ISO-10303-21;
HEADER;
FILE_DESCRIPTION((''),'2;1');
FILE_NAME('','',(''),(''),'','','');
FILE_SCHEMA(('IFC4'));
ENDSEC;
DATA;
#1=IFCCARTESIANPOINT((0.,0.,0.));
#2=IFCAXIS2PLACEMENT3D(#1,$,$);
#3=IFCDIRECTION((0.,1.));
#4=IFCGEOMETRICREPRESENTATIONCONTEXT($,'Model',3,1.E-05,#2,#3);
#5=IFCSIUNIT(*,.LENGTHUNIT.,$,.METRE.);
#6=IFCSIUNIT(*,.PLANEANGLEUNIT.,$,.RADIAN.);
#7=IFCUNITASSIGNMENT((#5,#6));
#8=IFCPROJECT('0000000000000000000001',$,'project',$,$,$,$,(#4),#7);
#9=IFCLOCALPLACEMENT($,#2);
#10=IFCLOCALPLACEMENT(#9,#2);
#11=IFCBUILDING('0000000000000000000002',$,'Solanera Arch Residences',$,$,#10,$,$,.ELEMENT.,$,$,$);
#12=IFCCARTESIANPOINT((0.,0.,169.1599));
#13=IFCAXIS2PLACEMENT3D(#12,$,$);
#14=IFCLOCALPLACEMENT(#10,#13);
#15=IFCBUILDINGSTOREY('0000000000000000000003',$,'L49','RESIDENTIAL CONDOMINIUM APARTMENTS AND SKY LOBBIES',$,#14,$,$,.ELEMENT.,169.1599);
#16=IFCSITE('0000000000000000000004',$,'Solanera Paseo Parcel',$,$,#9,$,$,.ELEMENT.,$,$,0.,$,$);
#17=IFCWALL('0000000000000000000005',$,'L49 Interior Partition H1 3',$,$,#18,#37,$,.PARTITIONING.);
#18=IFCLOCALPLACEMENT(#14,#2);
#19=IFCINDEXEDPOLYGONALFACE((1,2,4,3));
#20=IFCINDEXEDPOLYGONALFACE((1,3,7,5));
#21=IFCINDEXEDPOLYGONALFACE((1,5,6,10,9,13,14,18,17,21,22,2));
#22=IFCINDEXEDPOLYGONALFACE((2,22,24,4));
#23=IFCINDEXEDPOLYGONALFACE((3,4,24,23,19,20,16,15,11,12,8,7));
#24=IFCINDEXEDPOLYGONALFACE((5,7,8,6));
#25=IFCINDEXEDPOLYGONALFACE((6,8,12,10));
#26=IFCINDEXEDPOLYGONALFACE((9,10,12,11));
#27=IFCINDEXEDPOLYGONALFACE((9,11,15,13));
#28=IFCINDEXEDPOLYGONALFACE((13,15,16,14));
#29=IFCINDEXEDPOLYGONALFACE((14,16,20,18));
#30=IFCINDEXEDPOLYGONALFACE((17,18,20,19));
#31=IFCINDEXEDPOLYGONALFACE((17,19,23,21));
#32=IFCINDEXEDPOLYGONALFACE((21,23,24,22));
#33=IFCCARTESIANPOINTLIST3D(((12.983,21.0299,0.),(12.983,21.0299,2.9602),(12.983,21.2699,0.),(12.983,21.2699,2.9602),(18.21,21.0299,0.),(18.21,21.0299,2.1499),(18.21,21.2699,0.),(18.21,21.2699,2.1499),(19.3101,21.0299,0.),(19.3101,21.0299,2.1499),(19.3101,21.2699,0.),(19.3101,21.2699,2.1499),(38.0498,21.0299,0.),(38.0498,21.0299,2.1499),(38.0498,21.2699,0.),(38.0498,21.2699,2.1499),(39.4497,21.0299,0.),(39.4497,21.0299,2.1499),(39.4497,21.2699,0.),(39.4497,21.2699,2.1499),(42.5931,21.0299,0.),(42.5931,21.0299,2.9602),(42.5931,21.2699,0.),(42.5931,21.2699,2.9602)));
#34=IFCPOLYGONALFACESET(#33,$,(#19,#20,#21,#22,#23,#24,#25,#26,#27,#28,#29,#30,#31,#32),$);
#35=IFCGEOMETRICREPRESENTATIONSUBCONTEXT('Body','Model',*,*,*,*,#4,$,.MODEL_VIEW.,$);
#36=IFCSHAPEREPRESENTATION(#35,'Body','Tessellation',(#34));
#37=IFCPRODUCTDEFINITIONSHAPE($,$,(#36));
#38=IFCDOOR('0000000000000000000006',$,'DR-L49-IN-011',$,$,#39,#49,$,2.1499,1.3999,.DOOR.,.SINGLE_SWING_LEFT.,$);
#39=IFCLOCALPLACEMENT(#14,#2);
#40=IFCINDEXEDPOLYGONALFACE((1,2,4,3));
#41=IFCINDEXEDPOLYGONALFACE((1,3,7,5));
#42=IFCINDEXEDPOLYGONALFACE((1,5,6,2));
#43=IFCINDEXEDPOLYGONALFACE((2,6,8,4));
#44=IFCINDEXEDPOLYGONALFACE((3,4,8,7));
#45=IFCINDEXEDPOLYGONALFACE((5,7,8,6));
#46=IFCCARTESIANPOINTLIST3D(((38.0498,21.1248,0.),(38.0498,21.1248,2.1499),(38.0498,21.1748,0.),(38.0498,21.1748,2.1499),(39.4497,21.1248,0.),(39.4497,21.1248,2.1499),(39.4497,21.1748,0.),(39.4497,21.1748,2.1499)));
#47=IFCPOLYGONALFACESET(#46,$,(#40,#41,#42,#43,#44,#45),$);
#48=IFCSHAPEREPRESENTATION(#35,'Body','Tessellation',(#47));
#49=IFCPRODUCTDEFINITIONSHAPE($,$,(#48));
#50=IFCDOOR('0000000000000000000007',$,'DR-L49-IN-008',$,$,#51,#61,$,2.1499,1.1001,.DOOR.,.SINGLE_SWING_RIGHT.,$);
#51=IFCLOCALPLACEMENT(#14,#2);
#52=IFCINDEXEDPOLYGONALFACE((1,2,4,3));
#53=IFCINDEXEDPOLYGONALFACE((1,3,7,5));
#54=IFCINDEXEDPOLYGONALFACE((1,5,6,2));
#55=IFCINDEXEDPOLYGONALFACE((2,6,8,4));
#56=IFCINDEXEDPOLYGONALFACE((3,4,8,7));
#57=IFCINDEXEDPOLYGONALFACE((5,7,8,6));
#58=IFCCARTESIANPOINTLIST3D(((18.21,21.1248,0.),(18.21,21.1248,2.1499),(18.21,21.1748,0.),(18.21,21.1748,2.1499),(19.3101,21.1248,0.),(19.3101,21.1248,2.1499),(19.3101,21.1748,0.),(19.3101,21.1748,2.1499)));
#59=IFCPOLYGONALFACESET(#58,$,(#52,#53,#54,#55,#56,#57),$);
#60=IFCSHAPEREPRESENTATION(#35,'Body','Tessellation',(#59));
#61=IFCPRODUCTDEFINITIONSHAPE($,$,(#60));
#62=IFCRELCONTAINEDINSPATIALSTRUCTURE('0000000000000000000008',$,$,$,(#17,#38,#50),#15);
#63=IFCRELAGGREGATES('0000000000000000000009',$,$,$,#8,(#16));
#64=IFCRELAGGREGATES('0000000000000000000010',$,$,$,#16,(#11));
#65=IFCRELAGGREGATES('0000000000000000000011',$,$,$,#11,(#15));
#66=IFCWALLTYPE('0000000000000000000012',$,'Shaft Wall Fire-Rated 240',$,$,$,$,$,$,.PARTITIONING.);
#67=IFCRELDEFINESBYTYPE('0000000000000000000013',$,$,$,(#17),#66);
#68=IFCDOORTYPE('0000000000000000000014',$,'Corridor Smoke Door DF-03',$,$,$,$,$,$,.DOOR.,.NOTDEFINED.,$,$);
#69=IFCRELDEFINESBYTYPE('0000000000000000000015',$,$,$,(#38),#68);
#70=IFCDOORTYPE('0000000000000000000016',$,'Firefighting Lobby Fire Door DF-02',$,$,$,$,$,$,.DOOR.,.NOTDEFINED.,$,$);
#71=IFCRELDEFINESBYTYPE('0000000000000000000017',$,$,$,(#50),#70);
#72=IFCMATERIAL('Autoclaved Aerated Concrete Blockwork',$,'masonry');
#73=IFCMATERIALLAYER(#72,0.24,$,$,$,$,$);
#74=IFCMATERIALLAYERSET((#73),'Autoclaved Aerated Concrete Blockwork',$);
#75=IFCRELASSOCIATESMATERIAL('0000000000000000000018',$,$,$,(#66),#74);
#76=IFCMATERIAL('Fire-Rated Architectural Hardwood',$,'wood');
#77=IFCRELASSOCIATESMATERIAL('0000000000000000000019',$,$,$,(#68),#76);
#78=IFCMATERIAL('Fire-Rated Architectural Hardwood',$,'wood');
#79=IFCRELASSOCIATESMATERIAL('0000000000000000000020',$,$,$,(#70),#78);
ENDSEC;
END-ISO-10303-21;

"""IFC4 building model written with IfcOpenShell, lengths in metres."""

from ifc_helpers import new_model, si_unit, direction, frame, frame_2d, origin, place, context, subcontext, project, spatial, rectangle, extrude, material, layer, layer_set, type_object, element, fill, save


model = new_model("IFC4")

# Units and contexts
model_context = context("Model", 3, precision=1e-05, world=origin(), true_north=direction((0.0, 1.0)))
body_context = subcontext(model_context, "Body", "Model", "MODEL_VIEW")
ifc_project = project(units=[si_unit("LENGTHUNIT", "METRE"), si_unit("PLANEANGLEUNIT", "RADIAN")], contexts=[model_context])

# Site, building, storey
site_placement = place(None, origin())
site = spatial("IfcSite", under=ifc_project, at=site_placement, Name="Solanera Paseo Parcel", CompositionType="ELEMENT", RefElevation=0.0)
building_placement = place(site_placement, origin())
building = spatial("IfcBuilding", under=site, at=building_placement, Name="Solanera Arch Residences", CompositionType="ELEMENT")
storey_placement = place(building_placement, frame((0.0, 0.0, 169.1599)))
storey = spatial("IfcBuildingStorey", under=building, at=storey_placement, Name="L49", Description="RESIDENTIAL CONDOMINIUM APARTMENTS AND SKY LOBBIES", CompositionType="ELEMENT", Elevation=169.1599)

# Wall, openings, doors
ifc_material_1 = material(Name="Autoclaved Aerated Concrete Blockwork", Category="masonry")
ifc_layer_1 = layer(ifc_material_1, 0.24)
ifc_layer_set_1 = layer_set([ifc_layer_1], Name="Autoclaved Aerated Concrete Blockwork")
wall_type_1 = type_object("IfcWallType", Name="Shaft Wall Fire-Rated 240", PredefinedType="PARTITIONING", material=ifc_layer_set_1)
wall_1_placement = place(storey_placement, frame((12.9829, 21.1499, 0.0), z_axis=(0.0, 0.0, 1.0), x_axis=(1.0, 0.0, 0.0)))
wall_1 = element("IfcWall", 1, at=wall_1_placement, inside=storey, type_object=wall_type_1, Name="L49 Interior Partition H1 3", PredefinedType="PARTITIONING", context=body_context, shape_type="SweptSolid", body=[
    extrude(rectangle(XDim=29.6101, YDim=0.24, at=frame_2d((14.8052, 0.0))), origin(), (0.0, 0.0, 1.0), 2.9602),
])
opening_1_placement = place(wall_1_placement, frame((5.2271, 0.0, 0.0)))
opening_1 = element("IfcOpeningElement", 2, at=opening_1_placement, cuts=wall_1, PredefinedType="OPENING", context=body_context, shape_type="SweptSolid", body=[
    extrude(rectangle(XDim=1.1001, YDim=2.1499, at=frame_2d((0.55, 1.075))), frame((0.0, 0.1299, 0.0), z_axis=(0.0, -1.0, 0.0), x_axis=(1.0, 0.0, 0.0)), (0.0, 0.0, 1.0), 0.26),
])
opening_2_placement = place(wall_1_placement, frame((25.0669, 0.0, 0.0)))
opening_2 = element("IfcOpeningElement", 3, at=opening_2_placement, cuts=wall_1, PredefinedType="OPENING", context=body_context, shape_type="SweptSolid", body=[
    extrude(rectangle(XDim=1.3999, YDim=2.1499, at=frame_2d((0.7, 1.075))), frame((0.0, 0.1299, 0.0), z_axis=(0.0, -1.0, 0.0), x_axis=(1.0, 0.0, 0.0)), (0.0, 0.0, 1.0), 0.26),
])
ifc_material_2 = material(Name="Fire-Rated Architectural Hardwood", Category="wood")
door_type_1 = type_object("IfcDoorType", Name="Corridor Smoke Door DF-03", OperationType="NOTDEFINED", PredefinedType="DOOR", material=ifc_material_2)
door_1_placement = place(opening_2_placement, origin())
door_1 = element("IfcDoor", 4, at=door_1_placement, inside=storey, type_object=door_type_1, Name="DR-L49-IN-011", OperationType="SINGLE_SWING_LEFT", OverallHeight=2.1499, OverallWidth=1.3999, PredefinedType="DOOR", context=body_context, shape_type="SweptSolid", body=[
    extrude(rectangle(XDim=1.3999, YDim=2.1499, at=frame_2d((0.7, 1.075))), frame((0.0, 0.0249, 0.0), z_axis=(0.0, -1.0, 0.0), x_axis=(1.0, 0.0, 0.0)), (0.0, 0.0, 1.0), 0.05),
])
fill(opening_2, door_1)
ifc_material_3 = material(Name="Fire-Rated Architectural Hardwood", Category="wood")
door_type_2 = type_object("IfcDoorType", Name="Firefighting Lobby Fire Door DF-02", OperationType="NOTDEFINED", PredefinedType="DOOR", material=ifc_material_3)
door_2_placement = place(opening_1_placement, origin())
door_2 = element("IfcDoor", 5, at=door_2_placement, inside=storey, type_object=door_type_2, Name="DR-L49-IN-008", OperationType="SINGLE_SWING_RIGHT", OverallHeight=2.1499, OverallWidth=1.1001, PredefinedType="DOOR", context=body_context, shape_type="SweptSolid", body=[
    extrude(rectangle(XDim=1.1001, YDim=2.1499, at=frame_2d((0.55, 1.075))), frame((0.0, 0.0249, 0.0), z_axis=(0.0, -1.0, 0.0), x_axis=(1.0, 0.0, 0.0)), (0.0, 0.0, 1.0), 0.05),
])
fill(opening_1, door_2)

save(model, "model.ifc")
